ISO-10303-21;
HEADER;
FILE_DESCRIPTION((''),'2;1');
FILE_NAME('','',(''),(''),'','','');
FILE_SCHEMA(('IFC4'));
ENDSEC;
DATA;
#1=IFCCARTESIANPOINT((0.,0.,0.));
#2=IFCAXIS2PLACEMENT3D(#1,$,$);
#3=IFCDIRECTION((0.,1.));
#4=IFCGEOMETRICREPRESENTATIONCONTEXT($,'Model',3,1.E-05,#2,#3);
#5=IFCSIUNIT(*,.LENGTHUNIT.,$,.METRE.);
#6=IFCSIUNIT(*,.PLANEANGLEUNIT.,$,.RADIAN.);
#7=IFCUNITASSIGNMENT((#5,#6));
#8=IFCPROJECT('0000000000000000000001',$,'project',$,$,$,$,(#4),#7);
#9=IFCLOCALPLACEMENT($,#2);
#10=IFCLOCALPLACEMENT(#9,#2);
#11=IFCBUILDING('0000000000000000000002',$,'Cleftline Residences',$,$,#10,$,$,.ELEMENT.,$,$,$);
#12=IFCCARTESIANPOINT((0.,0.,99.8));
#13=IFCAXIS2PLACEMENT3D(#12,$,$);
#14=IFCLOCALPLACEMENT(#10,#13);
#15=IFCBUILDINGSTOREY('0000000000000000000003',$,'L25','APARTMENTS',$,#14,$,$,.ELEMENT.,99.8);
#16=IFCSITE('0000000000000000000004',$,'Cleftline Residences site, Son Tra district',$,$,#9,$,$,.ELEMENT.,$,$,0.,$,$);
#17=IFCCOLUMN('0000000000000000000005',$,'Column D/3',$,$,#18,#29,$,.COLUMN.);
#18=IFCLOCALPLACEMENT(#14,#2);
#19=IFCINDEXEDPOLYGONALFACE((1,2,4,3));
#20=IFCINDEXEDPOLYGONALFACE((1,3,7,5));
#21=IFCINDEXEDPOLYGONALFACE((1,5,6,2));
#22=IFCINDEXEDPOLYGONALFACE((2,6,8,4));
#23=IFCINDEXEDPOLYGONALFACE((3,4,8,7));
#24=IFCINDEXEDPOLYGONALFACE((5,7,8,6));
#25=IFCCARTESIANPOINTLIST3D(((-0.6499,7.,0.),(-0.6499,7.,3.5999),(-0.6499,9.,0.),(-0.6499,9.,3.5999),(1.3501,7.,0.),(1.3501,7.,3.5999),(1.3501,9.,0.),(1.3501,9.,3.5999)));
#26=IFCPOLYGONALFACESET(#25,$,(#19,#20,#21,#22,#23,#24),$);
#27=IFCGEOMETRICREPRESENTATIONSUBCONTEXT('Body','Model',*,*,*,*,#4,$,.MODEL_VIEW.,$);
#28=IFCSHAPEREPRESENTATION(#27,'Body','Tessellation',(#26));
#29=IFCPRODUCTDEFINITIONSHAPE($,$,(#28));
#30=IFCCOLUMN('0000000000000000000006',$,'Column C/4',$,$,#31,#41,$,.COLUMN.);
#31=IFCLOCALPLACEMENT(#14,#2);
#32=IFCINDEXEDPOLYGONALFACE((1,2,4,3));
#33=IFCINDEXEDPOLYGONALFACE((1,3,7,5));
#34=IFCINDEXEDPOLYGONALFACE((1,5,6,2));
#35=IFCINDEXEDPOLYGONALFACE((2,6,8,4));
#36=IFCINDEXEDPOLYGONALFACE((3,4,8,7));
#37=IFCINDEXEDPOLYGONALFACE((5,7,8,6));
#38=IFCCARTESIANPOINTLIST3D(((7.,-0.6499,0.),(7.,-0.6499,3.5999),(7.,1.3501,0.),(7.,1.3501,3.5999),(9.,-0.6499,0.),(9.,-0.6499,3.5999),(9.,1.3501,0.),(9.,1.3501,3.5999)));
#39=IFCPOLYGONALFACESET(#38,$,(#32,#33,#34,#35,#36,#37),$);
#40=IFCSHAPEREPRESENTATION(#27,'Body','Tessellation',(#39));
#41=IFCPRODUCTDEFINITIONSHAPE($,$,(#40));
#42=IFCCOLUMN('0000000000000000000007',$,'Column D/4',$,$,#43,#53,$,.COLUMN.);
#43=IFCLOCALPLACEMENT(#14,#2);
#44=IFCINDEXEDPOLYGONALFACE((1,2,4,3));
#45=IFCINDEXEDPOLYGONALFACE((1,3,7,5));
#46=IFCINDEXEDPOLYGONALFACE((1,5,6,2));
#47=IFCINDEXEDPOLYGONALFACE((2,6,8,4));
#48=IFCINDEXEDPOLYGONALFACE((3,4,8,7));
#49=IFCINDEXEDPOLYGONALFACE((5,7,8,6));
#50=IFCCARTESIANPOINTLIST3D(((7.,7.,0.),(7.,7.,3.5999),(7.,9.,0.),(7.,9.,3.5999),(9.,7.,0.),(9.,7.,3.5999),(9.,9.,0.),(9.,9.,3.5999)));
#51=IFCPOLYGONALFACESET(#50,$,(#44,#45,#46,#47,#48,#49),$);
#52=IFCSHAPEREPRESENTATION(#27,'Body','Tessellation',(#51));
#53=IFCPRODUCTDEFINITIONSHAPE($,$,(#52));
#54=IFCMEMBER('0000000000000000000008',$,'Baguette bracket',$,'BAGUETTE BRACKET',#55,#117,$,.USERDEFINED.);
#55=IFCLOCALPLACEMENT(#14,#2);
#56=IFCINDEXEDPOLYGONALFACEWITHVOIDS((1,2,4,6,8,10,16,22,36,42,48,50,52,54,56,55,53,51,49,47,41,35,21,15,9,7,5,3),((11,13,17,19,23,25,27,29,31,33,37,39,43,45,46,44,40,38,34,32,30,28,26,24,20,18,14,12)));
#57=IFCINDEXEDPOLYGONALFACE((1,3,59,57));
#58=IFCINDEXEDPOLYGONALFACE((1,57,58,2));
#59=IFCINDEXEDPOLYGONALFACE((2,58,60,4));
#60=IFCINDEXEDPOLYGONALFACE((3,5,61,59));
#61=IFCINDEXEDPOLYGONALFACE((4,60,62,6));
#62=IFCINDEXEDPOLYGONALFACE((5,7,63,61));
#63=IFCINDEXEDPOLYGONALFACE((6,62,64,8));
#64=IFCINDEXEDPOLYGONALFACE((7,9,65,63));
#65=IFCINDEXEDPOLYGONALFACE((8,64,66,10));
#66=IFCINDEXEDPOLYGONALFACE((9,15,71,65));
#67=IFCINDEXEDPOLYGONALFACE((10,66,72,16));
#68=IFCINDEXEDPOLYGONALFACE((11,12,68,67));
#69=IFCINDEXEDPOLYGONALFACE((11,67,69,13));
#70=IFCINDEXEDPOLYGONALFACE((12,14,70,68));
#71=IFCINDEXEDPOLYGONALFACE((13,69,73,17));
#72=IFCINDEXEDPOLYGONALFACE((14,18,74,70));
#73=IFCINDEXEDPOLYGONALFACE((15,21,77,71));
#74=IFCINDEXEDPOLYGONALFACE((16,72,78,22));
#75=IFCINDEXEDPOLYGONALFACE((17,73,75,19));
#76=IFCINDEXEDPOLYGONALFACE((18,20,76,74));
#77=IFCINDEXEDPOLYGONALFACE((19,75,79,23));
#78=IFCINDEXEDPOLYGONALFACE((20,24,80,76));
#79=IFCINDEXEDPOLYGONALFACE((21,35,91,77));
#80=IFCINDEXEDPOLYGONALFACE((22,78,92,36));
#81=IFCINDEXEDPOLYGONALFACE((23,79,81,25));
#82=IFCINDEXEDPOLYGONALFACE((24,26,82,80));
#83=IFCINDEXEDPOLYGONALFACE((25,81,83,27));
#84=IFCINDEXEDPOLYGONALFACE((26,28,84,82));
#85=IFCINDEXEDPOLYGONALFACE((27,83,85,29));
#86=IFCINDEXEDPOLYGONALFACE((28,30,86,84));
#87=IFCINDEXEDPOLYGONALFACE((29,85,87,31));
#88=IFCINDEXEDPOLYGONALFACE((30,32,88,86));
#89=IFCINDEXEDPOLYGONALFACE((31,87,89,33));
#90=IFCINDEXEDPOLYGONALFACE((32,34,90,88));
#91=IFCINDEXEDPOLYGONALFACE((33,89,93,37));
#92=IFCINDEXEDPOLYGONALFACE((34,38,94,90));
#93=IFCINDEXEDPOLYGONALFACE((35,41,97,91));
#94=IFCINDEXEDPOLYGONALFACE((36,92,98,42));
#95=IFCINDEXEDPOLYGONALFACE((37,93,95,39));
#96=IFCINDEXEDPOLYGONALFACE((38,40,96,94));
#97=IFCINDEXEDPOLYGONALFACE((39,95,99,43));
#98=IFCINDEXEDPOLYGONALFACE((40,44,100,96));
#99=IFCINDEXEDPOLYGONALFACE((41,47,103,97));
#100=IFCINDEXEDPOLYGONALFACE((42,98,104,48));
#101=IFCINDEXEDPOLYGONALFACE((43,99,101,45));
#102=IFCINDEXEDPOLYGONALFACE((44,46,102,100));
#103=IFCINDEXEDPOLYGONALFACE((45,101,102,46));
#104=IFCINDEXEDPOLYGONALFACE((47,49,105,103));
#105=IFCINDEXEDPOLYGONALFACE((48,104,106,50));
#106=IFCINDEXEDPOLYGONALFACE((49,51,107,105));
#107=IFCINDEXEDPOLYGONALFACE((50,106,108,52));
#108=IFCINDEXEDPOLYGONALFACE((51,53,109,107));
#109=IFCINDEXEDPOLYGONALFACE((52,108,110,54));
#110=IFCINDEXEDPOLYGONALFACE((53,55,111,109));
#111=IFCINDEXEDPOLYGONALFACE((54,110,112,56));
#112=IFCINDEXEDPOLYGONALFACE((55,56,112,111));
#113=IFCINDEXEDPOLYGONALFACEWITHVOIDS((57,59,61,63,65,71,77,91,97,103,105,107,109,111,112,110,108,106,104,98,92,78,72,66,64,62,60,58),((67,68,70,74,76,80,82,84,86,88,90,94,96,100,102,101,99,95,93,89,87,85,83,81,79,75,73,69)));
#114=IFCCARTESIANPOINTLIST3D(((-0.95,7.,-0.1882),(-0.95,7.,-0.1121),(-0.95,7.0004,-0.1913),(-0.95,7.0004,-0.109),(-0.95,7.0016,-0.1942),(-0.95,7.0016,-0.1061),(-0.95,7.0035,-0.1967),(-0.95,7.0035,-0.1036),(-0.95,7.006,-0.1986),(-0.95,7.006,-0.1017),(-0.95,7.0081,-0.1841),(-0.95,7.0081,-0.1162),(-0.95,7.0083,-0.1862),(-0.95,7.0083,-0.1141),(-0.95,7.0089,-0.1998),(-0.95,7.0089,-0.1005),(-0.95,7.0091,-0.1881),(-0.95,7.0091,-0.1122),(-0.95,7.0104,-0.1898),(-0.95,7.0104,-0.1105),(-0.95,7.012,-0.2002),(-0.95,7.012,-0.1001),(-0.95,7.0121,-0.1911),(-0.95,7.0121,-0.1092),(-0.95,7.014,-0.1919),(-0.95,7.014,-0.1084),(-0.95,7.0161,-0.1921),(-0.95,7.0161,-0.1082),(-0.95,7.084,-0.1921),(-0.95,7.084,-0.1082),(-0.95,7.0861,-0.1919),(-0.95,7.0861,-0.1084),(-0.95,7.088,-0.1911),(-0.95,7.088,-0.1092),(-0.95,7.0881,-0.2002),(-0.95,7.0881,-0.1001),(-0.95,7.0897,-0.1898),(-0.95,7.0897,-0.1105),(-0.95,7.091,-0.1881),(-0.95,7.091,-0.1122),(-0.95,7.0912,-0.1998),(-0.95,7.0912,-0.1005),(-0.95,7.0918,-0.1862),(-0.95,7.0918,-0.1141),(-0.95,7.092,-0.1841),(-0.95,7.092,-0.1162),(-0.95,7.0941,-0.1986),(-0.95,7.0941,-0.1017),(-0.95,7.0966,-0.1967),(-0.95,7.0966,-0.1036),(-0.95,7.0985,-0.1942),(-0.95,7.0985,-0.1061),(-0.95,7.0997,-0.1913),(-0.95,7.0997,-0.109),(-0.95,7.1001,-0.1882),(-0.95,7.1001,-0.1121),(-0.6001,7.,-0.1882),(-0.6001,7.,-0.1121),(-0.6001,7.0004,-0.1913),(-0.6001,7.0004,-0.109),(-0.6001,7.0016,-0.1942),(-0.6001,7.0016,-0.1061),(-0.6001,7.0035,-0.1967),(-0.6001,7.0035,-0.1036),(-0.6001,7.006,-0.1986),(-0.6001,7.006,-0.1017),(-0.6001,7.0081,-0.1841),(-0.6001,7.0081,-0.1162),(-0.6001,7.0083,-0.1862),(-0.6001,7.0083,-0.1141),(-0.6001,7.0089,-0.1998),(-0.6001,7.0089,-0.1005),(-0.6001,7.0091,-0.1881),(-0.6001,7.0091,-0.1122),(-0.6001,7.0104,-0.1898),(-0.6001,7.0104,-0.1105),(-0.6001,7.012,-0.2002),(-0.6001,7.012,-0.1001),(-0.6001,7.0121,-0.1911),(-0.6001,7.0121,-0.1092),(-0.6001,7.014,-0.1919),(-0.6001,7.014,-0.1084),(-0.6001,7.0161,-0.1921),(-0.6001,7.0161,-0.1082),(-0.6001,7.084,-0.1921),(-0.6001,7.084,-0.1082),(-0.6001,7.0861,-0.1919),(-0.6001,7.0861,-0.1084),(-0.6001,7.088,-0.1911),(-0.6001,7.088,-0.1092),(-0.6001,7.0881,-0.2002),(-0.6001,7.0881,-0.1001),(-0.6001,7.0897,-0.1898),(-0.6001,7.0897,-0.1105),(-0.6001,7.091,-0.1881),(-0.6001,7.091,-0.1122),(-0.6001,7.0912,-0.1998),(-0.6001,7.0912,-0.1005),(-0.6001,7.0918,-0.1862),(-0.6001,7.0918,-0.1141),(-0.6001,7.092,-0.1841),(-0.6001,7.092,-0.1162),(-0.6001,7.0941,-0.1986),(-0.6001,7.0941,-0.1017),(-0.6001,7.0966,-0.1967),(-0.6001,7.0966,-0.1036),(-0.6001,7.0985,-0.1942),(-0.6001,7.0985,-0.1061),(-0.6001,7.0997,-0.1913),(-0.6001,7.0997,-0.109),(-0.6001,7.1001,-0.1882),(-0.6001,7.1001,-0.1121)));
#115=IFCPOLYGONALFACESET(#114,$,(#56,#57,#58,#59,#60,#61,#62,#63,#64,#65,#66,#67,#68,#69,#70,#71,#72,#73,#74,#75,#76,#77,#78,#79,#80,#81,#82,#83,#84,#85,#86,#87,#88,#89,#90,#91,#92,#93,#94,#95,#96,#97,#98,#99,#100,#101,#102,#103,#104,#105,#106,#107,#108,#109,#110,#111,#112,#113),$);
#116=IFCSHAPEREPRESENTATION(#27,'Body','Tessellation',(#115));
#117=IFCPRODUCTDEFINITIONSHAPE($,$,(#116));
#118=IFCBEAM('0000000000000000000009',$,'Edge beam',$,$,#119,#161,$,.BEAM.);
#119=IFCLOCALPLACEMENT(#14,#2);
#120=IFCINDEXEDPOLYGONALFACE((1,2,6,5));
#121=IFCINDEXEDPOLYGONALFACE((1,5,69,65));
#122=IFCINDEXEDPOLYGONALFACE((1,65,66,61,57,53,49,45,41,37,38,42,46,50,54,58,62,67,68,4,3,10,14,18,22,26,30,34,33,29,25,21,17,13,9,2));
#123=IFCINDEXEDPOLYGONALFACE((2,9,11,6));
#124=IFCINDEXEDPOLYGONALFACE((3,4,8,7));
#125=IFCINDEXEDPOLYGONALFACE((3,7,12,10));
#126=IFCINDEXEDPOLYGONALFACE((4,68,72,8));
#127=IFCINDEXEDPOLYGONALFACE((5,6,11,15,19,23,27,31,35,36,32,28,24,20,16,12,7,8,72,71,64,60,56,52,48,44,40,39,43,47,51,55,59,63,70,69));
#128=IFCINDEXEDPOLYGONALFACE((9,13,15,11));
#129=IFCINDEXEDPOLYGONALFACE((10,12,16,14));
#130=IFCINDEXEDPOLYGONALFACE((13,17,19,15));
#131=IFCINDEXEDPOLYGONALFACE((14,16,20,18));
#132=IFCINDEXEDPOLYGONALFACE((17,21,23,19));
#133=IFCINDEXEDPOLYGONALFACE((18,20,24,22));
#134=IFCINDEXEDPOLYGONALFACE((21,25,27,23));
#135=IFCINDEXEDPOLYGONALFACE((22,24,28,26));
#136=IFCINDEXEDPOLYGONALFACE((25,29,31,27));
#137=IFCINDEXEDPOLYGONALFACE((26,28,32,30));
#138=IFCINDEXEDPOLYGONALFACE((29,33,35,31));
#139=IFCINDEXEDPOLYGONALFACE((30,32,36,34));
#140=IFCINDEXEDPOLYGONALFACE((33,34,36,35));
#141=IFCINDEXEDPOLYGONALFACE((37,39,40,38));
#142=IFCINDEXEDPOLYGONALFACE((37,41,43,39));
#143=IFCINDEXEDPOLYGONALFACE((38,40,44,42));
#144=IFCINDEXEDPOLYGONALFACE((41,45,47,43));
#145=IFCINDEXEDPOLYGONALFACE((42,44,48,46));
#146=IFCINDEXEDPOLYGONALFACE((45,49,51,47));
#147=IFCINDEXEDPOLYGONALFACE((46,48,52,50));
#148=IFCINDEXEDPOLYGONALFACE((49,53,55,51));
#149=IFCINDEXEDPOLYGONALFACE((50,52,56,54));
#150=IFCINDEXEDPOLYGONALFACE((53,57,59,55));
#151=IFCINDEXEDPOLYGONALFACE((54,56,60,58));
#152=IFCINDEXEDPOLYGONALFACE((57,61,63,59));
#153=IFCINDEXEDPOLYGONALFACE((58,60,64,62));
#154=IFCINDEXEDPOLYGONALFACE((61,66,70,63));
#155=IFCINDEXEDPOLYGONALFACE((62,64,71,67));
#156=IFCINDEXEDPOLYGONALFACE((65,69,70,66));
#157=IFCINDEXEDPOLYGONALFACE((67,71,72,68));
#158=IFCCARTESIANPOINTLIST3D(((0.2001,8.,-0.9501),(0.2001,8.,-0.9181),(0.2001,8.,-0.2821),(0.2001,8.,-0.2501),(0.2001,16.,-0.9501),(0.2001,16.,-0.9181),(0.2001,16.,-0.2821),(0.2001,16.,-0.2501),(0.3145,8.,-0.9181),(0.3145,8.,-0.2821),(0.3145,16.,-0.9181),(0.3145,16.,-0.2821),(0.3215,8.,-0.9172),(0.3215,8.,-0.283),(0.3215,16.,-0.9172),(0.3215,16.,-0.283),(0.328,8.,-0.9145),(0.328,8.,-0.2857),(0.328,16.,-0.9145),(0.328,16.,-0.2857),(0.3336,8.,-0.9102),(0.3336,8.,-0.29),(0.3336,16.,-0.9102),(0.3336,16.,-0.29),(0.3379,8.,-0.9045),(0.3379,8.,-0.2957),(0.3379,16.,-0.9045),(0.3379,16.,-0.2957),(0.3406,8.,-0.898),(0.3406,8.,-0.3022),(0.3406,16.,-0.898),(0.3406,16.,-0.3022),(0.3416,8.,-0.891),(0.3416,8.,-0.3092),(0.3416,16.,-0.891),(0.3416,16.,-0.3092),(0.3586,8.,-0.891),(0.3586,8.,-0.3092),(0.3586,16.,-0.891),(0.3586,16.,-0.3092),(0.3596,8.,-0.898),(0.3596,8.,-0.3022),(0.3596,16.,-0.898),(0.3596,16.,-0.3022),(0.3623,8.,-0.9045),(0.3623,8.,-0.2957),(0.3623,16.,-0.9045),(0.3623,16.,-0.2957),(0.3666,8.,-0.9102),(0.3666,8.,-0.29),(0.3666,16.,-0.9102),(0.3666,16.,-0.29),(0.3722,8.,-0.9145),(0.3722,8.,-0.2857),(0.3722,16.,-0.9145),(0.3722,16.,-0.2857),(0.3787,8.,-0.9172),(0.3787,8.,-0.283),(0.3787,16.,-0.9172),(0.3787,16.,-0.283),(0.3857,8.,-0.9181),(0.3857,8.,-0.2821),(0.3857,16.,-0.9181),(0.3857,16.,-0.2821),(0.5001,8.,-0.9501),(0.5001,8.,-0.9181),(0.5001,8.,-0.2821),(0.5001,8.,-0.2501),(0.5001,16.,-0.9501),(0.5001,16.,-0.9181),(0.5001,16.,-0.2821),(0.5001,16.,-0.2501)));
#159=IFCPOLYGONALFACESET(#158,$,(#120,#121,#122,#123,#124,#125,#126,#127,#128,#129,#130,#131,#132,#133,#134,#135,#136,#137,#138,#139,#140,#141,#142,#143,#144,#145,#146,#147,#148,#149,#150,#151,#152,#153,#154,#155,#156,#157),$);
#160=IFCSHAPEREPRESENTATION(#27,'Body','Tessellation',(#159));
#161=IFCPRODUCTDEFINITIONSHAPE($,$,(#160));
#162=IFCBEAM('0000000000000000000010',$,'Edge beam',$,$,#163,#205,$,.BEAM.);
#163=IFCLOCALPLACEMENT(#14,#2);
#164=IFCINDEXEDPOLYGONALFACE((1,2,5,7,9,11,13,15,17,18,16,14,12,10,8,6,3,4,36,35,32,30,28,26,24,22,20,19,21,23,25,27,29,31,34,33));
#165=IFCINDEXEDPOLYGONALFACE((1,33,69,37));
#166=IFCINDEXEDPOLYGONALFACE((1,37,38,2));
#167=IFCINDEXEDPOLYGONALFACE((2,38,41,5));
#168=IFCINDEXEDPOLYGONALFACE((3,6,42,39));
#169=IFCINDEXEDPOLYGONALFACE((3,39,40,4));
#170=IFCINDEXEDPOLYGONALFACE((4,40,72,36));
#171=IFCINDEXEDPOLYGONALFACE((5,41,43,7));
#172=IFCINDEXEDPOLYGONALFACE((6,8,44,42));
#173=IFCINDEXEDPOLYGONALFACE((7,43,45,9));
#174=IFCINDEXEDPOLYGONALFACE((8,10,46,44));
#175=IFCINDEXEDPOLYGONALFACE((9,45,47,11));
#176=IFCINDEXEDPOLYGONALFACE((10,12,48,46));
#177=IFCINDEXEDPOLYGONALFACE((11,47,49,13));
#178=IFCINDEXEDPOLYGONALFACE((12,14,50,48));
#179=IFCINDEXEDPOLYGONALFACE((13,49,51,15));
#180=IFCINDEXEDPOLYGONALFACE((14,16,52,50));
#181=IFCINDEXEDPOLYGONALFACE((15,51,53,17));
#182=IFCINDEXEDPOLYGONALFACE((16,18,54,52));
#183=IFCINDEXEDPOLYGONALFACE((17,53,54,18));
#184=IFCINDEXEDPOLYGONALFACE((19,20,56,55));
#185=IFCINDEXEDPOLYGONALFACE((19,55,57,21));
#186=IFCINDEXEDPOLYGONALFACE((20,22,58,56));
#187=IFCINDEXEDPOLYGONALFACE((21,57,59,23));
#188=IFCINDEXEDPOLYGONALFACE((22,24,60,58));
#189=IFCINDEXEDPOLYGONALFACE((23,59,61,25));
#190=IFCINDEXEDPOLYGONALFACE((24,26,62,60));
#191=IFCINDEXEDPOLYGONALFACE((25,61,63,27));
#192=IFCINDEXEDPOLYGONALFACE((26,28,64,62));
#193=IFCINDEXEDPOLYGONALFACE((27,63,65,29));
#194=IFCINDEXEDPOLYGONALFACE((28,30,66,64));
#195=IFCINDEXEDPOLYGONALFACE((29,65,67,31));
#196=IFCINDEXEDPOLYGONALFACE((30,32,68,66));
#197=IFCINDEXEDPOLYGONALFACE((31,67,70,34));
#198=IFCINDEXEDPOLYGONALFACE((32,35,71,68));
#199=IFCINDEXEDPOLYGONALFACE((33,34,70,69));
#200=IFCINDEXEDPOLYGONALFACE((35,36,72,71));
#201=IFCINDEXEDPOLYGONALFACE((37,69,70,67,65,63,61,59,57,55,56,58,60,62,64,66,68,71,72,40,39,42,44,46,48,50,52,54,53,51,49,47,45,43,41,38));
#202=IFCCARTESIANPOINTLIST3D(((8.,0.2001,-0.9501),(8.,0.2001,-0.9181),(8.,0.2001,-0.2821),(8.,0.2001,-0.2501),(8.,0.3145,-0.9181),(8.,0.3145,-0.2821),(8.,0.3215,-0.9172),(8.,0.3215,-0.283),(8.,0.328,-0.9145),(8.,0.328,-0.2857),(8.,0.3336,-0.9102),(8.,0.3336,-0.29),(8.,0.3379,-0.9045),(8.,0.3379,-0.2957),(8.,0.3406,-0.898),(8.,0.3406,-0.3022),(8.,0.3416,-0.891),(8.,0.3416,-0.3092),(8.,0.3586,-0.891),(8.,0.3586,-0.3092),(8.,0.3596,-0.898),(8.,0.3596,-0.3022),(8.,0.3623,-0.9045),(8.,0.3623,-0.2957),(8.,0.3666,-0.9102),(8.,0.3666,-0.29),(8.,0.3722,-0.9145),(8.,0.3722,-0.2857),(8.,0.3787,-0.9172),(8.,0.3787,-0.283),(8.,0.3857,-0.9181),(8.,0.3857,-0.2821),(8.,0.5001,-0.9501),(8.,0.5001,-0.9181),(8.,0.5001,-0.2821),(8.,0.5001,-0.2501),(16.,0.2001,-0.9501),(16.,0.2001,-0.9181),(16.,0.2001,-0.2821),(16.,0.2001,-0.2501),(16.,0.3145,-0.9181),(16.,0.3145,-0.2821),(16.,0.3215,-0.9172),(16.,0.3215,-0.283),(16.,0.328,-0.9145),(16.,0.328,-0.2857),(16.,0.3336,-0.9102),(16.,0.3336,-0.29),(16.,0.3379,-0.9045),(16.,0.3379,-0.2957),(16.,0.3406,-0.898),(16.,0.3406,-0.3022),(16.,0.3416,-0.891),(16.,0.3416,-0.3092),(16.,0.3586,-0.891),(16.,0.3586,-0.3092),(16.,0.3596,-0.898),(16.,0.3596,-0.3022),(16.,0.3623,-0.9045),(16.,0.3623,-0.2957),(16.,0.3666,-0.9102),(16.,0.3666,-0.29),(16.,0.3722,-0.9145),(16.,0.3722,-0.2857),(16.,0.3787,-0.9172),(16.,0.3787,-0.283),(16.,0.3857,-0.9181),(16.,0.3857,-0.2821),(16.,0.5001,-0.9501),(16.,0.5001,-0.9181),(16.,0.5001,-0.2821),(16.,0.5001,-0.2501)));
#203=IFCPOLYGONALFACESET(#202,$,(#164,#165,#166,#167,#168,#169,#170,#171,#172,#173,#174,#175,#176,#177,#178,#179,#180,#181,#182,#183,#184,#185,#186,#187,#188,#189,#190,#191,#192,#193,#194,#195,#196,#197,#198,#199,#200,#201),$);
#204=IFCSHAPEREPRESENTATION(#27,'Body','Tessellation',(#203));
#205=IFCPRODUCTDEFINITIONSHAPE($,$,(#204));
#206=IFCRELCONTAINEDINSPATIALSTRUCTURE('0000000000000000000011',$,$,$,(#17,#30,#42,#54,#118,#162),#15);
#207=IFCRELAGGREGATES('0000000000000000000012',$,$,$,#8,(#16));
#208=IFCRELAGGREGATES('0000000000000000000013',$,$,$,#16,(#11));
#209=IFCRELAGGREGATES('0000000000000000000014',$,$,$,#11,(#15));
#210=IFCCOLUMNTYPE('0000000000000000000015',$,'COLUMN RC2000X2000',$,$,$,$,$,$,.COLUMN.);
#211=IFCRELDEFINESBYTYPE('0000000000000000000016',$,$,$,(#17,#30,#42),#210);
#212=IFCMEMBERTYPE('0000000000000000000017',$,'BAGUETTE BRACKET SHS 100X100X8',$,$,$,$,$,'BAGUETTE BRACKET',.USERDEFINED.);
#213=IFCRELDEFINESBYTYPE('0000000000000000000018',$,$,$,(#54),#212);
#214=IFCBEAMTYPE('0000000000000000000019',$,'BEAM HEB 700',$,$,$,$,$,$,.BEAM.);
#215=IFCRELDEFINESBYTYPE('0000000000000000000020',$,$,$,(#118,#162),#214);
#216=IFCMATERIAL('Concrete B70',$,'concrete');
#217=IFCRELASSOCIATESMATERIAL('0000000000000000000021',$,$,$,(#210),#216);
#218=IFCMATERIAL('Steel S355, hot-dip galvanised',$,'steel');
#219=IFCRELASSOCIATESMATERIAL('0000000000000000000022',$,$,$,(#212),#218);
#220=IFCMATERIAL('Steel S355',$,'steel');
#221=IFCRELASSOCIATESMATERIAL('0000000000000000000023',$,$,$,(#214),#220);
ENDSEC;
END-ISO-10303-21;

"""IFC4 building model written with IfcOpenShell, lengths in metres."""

from ifc_helpers import new_model, si_unit, direction, frame, origin, origin_2d, place, context, subcontext, project, spatial, rectangle, hollow_rectangle, i_section, extrude, material, material_profile, profile_set, type_object, element, save


model = new_model("IFC4")

# Units and contexts
model_context = context("Model", 3, precision=1e-05, world=origin(), true_north=direction((0.0, 1.0)))
body_context = subcontext(model_context, "Body", "Model", "MODEL_VIEW")
ifc_project = project(units=[si_unit("LENGTHUNIT", "METRE"), si_unit("PLANEANGLEUNIT", "RADIAN")], contexts=[model_context])

# Site, building, storey
site_placement = place(None, origin())
site = spatial("IfcSite", under=ifc_project, at=site_placement, Name="Cleftline Residences site, Son Tra district", CompositionType="ELEMENT", RefElevation=0.0)
building_placement = place(site_placement, origin())
building = spatial("IfcBuilding", under=site, at=building_placement, Name="Cleftline Residences", CompositionType="ELEMENT")
storey_placement = place(building_placement, frame((0.0, 0.0, 99.8)))
storey = spatial("IfcBuildingStorey", under=building, at=storey_placement, Name="L25", Description="APARTMENTS", CompositionType="ELEMENT", Elevation=99.8)

# Columns
ifc_material_1 = material(Name="Concrete B70", Category="concrete")
ifc_material_profile_1 = material_profile(ifc_material_1, rectangle(XDim=2.0, YDim=2.0, at=origin_2d()))
ifc_profile_set_1 = profile_set([ifc_material_profile_1], Name="Concrete B70")
column_type = type_object("IfcColumnType", Name="COLUMN RC2000X2000", PredefinedType="COLUMN", material=ifc_profile_set_1)
for number, where, z_axis, x_axis, name in (
    (1, (0.3501, 8.0, 0.0), (0.0, 0.0, 1.0), (1.0, 0.0, 0.0), "Column D/3"),
    (2, (8.0, 0.3501, 0.0), (0.0, 0.0, 1.0), (1.0, 0.0, 0.0), "Column C/4"),
    (3, (8.0, 8.0, 0.0), (0.0, 0.0, 1.0), (1.0, 0.0, 0.0), "Column D/4"),
):
    element("IfcColumn", number, at=place(storey_placement, frame(where, z_axis=z_axis, x_axis=x_axis)), inside=storey, type_object=column_type, Name=name, PredefinedType="COLUMN", context=body_context, shape_type="SweptSolid", body=[
        extrude(rectangle(XDim=2.0, YDim=2.0, at=origin_2d()), origin(), (0.0, 0.0, 1.0), 3.5999),
    ])

# Member
ifc_material_2 = material(Name="Steel S355, hot-dip galvanised", Category="steel")
ifc_material_profile_2 = material_profile(ifc_material_2, hollow_rectangle(XDim=0.1001, YDim=0.1001, WallThickness=0.0081, InnerFilletRadius=0.0081, OuterFilletRadius=0.012, at=origin_2d()))
ifc_profile_set_2 = profile_set([ifc_material_profile_2], Name="Steel S355, hot-dip galvanised")
member_type_1 = type_object("IfcMemberType", Name="BAGUETTE BRACKET SHS 100X100X8", ElementType="BAGUETTE BRACKET", PredefinedType="USERDEFINED", material=ifc_profile_set_2)
member_placement = place(storey_placement, frame((-0.6001, 7.05, -0.1501), z_axis=(-1.0, 0.0, 0.0), x_axis=(0.0, -1.0, 0.0)))
element("IfcMember", 4, at=member_placement, inside=storey, type_object=member_type_1, Name="Baguette bracket", ObjectType="BAGUETTE BRACKET", PredefinedType="USERDEFINED", context=body_context, shape_type="SweptSolid", body=[
    extrude(hollow_rectangle(XDim=0.1001, YDim=0.1001, WallThickness=0.0081, InnerFilletRadius=0.0081, OuterFilletRadius=0.012, at=origin_2d()), origin(), (0.0, 0.0, 1.0), 0.3499),
])

# Beams
ifc_material_3 = material(Name="Steel S355", Category="steel")
ifc_material_profile_3 = material_profile(ifc_material_3, i_section(OverallWidth=0.3, OverallDepth=0.7, WebThickness=0.0171, FlangeThickness=0.032, FilletRadius=0.0271, at=origin_2d()))
ifc_profile_set_3 = profile_set([ifc_material_profile_3], Name="Steel S355")
beam_type = type_object("IfcBeamType", Name="BEAM HEB 700", PredefinedType="BEAM", material=ifc_profile_set_3)
for number, where, z_axis, x_axis, name in (
    (5, (0.3501, 8.0, -0.6001), (0.0, 1.0, 0.0), (-1.0, 0.0, 0.0), "Edge beam"),
    (6, (8.0, 0.3501, -0.6001), (1.0, 0.0, 0.0), (0.0, 1.0, 0.0), "Edge beam"),
):
    element("IfcBeam", number, at=place(storey_placement, frame(where, z_axis=z_axis, x_axis=x_axis)), inside=storey, type_object=beam_type, Name=name, PredefinedType="BEAM", context=body_context, shape_type="SweptSolid", body=[
        extrude(i_section(OverallWidth=0.3, OverallDepth=0.7, WebThickness=0.0171, FlangeThickness=0.032, FilletRadius=0.0271, at=origin_2d()), origin(), (0.0, 0.0, 1.0), 8.0),
    ])

save(model, "model.ifc")
